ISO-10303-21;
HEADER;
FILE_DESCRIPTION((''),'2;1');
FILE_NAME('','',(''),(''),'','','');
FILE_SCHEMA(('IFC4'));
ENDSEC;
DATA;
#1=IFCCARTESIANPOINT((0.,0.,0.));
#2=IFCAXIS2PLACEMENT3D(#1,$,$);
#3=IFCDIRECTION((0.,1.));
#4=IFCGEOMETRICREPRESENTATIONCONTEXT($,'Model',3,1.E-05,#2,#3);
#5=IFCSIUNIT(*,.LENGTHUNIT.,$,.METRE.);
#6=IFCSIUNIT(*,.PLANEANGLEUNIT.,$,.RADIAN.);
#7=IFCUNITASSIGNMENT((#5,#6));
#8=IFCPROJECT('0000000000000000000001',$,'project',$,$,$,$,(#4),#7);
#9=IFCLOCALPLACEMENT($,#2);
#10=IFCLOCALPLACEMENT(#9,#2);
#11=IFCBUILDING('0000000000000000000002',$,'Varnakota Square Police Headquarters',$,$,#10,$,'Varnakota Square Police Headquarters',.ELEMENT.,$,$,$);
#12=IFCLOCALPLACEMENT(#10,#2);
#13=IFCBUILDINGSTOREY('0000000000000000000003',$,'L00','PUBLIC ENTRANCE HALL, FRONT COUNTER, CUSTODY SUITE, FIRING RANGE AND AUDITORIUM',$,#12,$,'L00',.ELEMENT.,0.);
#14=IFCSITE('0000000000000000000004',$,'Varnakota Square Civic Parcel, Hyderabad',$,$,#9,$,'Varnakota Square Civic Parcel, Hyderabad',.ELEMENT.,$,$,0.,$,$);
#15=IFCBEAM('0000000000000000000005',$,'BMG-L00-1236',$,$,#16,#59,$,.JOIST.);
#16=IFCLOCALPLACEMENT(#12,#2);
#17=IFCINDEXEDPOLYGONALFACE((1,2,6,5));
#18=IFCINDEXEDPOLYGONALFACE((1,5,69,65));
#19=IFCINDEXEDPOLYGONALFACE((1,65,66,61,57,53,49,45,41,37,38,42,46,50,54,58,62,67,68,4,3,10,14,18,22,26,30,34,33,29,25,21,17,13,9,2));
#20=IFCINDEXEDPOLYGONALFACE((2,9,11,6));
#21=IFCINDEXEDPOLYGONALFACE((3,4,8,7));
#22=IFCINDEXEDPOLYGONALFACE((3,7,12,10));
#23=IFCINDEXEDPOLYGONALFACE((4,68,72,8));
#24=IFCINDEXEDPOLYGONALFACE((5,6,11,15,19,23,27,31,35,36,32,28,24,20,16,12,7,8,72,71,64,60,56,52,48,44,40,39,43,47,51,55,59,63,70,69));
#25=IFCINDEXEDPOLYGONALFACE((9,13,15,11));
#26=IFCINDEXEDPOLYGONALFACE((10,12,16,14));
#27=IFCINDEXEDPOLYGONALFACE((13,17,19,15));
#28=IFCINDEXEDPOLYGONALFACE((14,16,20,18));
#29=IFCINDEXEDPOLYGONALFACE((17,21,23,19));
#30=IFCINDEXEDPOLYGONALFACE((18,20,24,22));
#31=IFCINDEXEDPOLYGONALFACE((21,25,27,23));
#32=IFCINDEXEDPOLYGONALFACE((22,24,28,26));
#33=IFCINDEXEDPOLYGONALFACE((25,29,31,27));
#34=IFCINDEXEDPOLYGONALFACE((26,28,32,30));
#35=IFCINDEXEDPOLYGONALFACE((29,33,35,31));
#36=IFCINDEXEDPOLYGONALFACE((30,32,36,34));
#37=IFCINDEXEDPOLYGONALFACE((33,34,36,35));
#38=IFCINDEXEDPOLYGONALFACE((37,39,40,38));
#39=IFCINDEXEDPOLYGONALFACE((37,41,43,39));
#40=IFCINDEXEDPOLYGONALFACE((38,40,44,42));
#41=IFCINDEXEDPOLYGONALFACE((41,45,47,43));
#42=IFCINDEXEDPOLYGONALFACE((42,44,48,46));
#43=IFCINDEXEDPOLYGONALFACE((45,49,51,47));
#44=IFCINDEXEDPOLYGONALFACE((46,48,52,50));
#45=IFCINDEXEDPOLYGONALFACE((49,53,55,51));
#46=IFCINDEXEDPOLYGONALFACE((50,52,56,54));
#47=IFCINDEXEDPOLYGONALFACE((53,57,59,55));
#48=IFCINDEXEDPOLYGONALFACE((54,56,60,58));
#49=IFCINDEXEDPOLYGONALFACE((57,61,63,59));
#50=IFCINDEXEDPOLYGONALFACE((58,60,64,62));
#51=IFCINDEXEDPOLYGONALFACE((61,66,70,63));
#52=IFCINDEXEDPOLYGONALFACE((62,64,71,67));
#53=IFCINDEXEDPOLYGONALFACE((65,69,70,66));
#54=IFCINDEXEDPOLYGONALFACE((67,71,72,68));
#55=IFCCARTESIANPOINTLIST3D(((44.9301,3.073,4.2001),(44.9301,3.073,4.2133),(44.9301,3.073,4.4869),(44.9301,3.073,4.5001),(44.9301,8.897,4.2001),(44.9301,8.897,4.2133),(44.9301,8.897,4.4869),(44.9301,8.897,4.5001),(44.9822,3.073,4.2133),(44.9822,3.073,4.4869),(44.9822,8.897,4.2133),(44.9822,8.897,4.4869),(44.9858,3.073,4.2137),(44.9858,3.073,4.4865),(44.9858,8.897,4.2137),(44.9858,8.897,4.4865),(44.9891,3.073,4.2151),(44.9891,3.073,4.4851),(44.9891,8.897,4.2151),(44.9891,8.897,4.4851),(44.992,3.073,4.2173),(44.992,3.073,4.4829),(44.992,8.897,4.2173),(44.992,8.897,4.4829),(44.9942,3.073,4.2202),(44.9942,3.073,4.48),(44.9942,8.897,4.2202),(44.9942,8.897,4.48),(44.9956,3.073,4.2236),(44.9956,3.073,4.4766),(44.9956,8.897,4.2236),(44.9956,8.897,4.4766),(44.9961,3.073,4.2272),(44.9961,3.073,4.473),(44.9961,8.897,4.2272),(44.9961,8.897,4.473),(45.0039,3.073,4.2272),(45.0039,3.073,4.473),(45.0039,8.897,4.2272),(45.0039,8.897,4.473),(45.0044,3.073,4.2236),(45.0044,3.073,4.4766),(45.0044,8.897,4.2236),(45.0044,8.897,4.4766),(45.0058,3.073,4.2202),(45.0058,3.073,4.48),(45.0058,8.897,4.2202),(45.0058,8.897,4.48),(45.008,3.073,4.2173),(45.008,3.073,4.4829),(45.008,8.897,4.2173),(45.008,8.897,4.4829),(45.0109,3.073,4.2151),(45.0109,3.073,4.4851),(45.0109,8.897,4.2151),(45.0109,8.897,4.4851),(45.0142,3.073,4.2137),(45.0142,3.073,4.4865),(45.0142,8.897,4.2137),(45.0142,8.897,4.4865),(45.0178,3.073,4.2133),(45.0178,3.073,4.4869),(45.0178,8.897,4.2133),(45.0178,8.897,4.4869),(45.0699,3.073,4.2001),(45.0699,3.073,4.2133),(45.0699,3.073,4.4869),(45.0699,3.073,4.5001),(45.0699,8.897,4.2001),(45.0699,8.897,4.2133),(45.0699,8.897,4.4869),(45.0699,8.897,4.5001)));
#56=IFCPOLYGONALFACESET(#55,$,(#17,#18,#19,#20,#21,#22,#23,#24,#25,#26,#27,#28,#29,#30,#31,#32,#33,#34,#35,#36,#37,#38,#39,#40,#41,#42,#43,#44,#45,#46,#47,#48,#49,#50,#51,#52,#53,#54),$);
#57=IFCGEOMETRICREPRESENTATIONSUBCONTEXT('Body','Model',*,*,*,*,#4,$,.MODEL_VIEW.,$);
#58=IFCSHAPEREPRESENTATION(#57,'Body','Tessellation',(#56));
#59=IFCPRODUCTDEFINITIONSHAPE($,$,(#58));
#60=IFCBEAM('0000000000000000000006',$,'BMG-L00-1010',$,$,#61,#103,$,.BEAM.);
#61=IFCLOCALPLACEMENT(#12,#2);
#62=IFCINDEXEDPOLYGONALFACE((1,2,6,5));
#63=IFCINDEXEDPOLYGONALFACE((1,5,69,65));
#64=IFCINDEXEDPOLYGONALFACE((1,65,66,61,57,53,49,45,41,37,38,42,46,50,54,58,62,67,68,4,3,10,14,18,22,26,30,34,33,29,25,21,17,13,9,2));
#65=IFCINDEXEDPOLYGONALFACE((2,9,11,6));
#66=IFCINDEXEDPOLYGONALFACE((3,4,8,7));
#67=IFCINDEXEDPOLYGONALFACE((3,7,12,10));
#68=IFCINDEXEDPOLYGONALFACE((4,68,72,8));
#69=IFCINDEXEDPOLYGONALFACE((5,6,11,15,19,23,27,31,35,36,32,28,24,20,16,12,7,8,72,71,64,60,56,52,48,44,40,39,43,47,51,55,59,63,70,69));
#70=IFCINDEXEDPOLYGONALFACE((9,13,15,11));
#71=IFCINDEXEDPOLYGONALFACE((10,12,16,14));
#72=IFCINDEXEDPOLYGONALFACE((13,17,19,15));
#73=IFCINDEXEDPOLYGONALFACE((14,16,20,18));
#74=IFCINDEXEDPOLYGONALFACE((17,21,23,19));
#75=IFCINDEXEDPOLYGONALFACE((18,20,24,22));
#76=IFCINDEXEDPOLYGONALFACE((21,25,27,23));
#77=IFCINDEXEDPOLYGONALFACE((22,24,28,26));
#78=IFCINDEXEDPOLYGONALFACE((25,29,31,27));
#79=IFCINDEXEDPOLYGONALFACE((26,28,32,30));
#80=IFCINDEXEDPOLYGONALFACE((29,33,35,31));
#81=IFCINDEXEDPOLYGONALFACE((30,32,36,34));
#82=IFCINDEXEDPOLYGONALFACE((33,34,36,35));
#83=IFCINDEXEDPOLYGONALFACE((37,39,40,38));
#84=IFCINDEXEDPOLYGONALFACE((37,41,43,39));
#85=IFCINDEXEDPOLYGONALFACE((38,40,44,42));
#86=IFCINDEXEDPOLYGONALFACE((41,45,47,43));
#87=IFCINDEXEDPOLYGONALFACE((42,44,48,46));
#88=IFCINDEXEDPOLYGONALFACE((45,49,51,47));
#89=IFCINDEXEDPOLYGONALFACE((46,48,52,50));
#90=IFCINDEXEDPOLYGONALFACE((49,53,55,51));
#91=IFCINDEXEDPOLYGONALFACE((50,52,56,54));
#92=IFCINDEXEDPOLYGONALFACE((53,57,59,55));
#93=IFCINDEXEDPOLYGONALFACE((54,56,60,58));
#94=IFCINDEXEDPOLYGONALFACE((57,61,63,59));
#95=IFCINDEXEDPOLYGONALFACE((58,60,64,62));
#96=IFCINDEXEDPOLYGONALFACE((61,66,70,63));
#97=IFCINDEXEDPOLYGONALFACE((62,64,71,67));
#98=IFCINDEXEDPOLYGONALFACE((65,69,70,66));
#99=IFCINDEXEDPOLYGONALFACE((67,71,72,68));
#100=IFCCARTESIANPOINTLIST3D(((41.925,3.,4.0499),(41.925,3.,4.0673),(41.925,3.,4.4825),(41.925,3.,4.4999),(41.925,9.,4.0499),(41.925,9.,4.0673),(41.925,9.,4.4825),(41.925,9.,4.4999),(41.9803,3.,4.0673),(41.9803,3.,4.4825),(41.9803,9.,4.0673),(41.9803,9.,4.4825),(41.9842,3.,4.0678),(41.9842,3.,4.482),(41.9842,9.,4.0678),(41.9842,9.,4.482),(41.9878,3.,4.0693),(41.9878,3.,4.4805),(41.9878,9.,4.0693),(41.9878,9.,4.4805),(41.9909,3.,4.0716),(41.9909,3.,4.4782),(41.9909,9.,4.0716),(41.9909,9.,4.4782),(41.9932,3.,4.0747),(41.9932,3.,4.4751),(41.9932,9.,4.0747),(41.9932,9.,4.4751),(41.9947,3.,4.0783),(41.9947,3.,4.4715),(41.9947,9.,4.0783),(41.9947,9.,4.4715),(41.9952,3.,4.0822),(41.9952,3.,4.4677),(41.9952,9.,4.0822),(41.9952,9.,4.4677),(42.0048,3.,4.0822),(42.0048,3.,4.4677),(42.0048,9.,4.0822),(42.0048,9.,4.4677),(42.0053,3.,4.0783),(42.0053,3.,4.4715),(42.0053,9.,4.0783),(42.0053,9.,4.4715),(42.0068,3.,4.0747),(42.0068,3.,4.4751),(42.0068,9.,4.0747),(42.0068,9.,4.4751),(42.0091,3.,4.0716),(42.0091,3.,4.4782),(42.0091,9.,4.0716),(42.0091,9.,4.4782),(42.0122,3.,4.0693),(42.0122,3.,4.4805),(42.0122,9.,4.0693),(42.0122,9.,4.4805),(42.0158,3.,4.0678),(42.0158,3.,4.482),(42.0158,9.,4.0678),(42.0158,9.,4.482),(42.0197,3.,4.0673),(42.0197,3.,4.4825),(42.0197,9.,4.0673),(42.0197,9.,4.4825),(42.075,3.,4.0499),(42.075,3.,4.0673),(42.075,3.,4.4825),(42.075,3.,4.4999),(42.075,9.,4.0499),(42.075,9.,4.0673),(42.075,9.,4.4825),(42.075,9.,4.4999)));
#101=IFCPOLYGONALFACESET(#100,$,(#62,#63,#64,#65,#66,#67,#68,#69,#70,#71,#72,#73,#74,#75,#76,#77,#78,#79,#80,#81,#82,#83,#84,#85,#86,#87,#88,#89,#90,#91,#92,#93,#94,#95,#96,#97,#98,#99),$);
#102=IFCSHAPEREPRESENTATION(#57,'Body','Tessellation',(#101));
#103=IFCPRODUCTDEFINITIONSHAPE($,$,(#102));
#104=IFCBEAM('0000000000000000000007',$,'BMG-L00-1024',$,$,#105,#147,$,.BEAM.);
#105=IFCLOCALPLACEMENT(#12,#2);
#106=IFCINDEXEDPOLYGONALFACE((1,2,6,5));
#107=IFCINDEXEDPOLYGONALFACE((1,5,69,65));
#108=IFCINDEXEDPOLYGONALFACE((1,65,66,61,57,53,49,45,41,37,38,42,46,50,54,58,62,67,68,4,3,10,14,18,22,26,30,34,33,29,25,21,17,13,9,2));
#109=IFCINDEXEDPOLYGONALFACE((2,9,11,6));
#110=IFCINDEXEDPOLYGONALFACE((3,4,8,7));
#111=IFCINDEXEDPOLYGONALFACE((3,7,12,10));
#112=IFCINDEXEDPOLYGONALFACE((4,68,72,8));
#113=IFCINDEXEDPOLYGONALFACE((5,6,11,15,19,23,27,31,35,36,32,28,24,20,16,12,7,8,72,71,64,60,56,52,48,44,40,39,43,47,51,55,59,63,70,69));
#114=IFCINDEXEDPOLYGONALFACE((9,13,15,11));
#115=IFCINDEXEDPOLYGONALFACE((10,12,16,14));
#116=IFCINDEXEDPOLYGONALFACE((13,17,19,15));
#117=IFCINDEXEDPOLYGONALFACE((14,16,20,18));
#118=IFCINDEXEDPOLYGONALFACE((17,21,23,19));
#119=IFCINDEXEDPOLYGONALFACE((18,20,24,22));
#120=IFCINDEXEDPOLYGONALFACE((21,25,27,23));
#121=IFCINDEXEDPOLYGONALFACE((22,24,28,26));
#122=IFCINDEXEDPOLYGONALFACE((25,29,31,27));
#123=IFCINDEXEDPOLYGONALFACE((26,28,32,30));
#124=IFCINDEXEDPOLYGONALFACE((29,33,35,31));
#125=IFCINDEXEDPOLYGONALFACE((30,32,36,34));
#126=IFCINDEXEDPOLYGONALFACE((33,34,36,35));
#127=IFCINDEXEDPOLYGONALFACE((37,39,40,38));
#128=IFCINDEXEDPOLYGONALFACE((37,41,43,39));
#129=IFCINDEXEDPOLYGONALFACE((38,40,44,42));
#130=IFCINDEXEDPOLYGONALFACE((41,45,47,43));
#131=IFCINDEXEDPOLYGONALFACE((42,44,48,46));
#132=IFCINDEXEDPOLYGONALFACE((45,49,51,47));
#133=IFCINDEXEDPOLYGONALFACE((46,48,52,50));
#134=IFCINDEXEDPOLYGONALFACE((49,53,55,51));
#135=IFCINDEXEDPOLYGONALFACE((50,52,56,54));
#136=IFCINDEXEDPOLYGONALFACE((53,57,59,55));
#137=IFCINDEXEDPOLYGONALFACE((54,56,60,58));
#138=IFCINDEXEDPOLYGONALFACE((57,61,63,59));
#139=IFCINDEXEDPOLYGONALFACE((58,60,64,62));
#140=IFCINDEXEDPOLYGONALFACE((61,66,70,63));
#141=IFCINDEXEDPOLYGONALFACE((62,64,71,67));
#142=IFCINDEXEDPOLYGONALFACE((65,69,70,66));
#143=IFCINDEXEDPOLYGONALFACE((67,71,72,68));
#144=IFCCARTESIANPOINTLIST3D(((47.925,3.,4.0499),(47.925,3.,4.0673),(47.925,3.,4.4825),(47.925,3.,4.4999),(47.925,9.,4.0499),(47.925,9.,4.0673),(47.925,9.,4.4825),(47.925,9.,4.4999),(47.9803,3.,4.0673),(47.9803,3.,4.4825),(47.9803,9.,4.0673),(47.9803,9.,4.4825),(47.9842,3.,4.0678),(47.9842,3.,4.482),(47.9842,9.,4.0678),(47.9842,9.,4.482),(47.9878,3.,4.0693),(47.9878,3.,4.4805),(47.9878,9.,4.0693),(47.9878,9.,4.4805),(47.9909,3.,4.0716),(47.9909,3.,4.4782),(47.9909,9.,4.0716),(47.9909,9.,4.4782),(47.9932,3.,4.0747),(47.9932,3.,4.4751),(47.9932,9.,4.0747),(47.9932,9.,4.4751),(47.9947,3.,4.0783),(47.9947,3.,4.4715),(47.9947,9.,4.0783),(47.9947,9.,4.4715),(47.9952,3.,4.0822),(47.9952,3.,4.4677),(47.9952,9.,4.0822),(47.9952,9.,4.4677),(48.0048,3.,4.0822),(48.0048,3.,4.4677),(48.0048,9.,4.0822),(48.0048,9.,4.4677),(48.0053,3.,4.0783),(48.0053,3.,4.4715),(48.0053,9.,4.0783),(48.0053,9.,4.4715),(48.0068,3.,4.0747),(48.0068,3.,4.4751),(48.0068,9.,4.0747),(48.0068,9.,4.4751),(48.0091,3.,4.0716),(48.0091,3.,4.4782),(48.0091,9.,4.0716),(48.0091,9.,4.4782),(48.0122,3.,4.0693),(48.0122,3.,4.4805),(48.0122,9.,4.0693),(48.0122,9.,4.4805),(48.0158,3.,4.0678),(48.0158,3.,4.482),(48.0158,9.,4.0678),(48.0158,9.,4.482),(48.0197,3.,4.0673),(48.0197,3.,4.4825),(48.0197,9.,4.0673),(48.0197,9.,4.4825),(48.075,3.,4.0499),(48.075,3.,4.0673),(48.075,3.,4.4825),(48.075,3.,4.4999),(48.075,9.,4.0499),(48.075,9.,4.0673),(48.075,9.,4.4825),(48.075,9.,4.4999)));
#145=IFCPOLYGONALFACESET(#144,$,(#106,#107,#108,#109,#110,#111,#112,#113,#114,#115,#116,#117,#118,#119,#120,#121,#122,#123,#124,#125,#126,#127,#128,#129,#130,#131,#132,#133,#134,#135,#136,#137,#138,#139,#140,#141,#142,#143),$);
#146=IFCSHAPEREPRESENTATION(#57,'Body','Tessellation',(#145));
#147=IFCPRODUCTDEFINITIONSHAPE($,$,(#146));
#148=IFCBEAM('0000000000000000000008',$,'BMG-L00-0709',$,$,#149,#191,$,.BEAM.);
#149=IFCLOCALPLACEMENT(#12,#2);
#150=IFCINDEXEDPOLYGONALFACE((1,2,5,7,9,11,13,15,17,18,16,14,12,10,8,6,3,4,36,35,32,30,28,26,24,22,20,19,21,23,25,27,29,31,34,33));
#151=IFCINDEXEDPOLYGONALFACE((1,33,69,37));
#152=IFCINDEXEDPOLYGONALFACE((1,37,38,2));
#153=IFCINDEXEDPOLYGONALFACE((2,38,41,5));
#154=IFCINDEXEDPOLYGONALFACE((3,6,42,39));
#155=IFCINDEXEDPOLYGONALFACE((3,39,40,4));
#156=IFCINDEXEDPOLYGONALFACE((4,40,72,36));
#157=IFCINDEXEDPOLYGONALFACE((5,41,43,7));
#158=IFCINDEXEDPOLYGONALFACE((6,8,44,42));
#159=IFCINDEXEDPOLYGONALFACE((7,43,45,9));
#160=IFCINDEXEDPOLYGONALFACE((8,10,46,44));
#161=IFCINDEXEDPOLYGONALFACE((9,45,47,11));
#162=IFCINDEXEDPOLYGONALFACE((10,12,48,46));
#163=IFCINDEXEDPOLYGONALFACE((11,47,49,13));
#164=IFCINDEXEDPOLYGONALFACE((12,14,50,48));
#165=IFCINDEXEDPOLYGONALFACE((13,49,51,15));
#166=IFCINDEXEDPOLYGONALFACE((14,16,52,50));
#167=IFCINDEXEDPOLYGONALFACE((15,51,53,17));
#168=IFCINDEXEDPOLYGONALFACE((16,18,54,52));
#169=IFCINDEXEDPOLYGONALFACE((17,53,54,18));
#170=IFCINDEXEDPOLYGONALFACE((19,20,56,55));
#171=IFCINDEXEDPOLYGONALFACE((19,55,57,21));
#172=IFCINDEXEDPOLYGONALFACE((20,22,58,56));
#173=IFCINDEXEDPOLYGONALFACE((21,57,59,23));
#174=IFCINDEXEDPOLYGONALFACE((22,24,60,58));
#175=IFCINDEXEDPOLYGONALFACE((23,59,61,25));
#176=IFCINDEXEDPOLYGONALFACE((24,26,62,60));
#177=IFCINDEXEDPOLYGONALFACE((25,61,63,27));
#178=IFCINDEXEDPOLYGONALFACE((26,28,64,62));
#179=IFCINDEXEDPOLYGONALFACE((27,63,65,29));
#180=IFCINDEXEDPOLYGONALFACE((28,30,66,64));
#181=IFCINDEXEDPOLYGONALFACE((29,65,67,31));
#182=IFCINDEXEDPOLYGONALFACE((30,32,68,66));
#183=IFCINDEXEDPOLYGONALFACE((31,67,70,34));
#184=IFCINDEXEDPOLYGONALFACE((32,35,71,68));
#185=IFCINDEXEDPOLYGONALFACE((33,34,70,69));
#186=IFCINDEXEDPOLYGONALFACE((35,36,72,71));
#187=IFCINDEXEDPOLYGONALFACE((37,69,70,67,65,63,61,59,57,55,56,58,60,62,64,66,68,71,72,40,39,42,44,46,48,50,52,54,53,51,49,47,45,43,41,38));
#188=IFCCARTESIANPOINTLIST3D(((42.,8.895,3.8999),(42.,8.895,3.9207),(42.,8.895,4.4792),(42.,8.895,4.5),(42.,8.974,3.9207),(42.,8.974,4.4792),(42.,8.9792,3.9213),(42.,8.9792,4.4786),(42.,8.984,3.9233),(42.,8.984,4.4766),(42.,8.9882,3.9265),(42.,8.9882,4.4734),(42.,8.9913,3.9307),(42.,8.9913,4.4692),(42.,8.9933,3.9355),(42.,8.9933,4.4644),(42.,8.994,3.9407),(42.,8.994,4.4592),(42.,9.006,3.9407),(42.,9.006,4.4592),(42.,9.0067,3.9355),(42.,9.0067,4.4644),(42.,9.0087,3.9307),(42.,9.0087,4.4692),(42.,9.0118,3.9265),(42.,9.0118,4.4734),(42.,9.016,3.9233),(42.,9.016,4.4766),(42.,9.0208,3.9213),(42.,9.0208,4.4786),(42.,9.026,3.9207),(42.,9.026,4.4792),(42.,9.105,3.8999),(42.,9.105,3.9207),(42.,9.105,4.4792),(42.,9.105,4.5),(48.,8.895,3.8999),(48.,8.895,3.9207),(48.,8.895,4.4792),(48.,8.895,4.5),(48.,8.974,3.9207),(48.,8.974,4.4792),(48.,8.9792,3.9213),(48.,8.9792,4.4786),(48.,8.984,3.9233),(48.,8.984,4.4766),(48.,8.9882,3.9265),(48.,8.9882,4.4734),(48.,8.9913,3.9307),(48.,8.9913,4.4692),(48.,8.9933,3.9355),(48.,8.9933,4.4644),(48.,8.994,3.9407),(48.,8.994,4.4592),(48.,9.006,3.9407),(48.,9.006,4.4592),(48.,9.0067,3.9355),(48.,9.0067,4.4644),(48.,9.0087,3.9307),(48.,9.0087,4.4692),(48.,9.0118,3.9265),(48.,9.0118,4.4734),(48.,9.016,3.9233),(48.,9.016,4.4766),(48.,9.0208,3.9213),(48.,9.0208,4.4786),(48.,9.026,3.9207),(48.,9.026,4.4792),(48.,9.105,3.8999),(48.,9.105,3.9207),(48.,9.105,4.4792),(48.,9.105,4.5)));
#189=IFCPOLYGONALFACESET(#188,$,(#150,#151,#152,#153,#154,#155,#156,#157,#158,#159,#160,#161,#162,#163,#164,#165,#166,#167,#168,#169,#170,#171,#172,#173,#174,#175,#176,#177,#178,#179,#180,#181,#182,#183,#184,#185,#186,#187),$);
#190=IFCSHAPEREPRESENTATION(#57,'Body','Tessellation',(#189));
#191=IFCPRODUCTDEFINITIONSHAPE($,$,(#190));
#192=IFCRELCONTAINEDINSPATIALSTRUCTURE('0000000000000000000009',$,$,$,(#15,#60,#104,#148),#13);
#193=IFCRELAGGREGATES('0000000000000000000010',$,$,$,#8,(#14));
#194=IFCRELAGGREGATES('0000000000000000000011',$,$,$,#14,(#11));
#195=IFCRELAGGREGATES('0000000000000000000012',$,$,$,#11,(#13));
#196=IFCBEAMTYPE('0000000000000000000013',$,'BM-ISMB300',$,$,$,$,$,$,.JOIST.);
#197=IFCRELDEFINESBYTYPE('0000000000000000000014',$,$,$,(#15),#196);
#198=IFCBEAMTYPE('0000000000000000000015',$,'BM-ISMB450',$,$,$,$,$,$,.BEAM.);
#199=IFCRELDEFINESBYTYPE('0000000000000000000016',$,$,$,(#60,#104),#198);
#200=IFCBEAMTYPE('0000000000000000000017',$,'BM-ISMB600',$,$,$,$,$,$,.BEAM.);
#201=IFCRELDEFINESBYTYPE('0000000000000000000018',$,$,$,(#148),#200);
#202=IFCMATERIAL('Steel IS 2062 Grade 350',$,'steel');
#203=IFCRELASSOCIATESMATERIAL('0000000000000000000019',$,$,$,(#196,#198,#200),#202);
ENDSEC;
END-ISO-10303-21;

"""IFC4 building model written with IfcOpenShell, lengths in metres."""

from ifc_helpers import new_model, si_unit, direction, frame, origin, origin_2d, place, context, subcontext, project, spatial, i_section, extrude, material, material_profile, profile_set, type_object, element, save


model = new_model("IFC4")

# Units and contexts
model_context = context("Model", 3, precision=1e-05, world=origin(), true_north=direction((0.0, 1.0)))
body_context = subcontext(model_context, "Body", "Model", "MODEL_VIEW")
ifc_project = project(units=[si_unit("LENGTHUNIT", "METRE"), si_unit("PLANEANGLEUNIT", "RADIAN")], contexts=[model_context])

# Site, building, storey
site_placement = place(None, origin())
site = spatial("IfcSite", under=ifc_project, at=site_placement, Name="Varnakota Square Civic Parcel, Hyderabad", LongName="Varnakota Square Civic Parcel, Hyderabad", CompositionType="ELEMENT", RefElevation=0.0)
building_placement = place(site_placement, origin())
building = spatial("IfcBuilding", under=site, at=building_placement, Name="Varnakota Square Police Headquarters", LongName="Varnakota Square Police Headquarters", CompositionType="ELEMENT")
storey_placement = place(building_placement, origin())
storey = spatial("IfcBuildingStorey", under=building, at=storey_placement, Name="L00", Description="PUBLIC ENTRANCE HALL, FRONT COUNTER, CUSTODY SUITE, FIRING RANGE AND AUDITORIUM", LongName="L00", CompositionType="ELEMENT", Elevation=0.0)

# Beams
ifc_material_1 = material(Name="Steel IS 2062 Grade 350", Category="steel")
ifc_material_profile_1 = material_profile(ifc_material_1, i_section(OverallWidth=0.1399, OverallDepth=0.3, WebThickness=0.0078, FlangeThickness=0.0132, FilletRadius=0.0139, at=origin_2d()), Name="ISMB 300")
ifc_profile_set_1 = profile_set([ifc_material_profile_1], Name="Steel IS 2062 Grade 350")
beam_type_1 = type_object("IfcBeamType", Name="BM-ISMB300", PredefinedType="JOIST", material=ifc_profile_set_1)
beam_1_placement = place(storey_placement, frame((45.0, 3.073, 4.3501), z_axis=(0.0, 1.0, 0.0), x_axis=(-1.0, 0.0, 0.0)))
element("IfcBeam", 1, at=beam_1_placement, inside=storey, type_object=beam_type_1, Name="BMG-L00-1236", PredefinedType="JOIST", context=body_context, shape_type="SweptSolid", body=[
    extrude(i_section(OverallWidth=0.1399, OverallDepth=0.3, WebThickness=0.0078, FlangeThickness=0.0132, FilletRadius=0.0139, at=origin_2d()), origin(), (0.0, 0.0, 1.0), 5.824),
])
ifc_material_profile_2 = material_profile(ifc_material_1, i_section(OverallWidth=0.1499, OverallDepth=0.45, WebThickness=0.0095, FlangeThickness=0.0173, FilletRadius=0.0149, at=origin_2d()), Name="ISMB 450")
ifc_profile_set_2 = profile_set([ifc_material_profile_2], Name="Steel IS 2062 Grade 350")
beam_type_2 = type_object("IfcBeamType", Name="BM-ISMB450", PredefinedType="BEAM", material=ifc_profile_set_2)
for number, where, z_axis, x_axis, name in (
    (2, (42.0, 3.0, 4.2749), (0.0, 1.0, 0.0), (-1.0, 0.0, 0.0), "BMG-L00-1010"),
    (3, (48.0, 3.0, 4.2749), (0.0, 1.0, 0.0), (-1.0, 0.0, 0.0), "BMG-L00-1024"),
):
    element("IfcBeam", number, at=place(storey_placement, frame(where, z_axis=z_axis, x_axis=x_axis)), inside=storey, type_object=beam_type_2, Name=name, PredefinedType="BEAM", context=body_context, shape_type="SweptSolid", body=[
        extrude(i_section(OverallWidth=0.1499, OverallDepth=0.45, WebThickness=0.0095, FlangeThickness=0.0173, FilletRadius=0.0149, at=origin_2d()), origin(), (0.0, 0.0, 1.0), 6.0),
    ])
ifc_material_profile_3 = material_profile(ifc_material_1, i_section(OverallWidth=0.21, OverallDepth=0.6001, WebThickness=0.012, FlangeThickness=0.0208, FilletRadius=0.02, at=origin_2d()), Name="ISMB 600")
ifc_profile_set_3 = profile_set([ifc_material_profile_3], Name="Steel IS 2062 Grade 350")
beam_type_3 = type_object("IfcBeamType", Name="BM-ISMB600", PredefinedType="BEAM", material=ifc_profile_set_3)
beam_2_placement = place(storey_placement, frame((42.0, 9.0, 4.2), z_axis=(1.0, 0.0, 0.0), x_axis=(0.0, 1.0, 0.0)))
element("IfcBeam", 4, at=beam_2_placement, inside=storey, type_object=beam_type_3, Name="BMG-L00-0709", PredefinedType="BEAM", context=body_context, shape_type="SweptSolid", body=[
    extrude(i_section(OverallWidth=0.21, OverallDepth=0.6001, WebThickness=0.012, FlangeThickness=0.0208, FilletRadius=0.02, at=origin_2d()), origin(), (0.0, 0.0, 1.0), 6.0),
])

save(model, "model.ifc")
